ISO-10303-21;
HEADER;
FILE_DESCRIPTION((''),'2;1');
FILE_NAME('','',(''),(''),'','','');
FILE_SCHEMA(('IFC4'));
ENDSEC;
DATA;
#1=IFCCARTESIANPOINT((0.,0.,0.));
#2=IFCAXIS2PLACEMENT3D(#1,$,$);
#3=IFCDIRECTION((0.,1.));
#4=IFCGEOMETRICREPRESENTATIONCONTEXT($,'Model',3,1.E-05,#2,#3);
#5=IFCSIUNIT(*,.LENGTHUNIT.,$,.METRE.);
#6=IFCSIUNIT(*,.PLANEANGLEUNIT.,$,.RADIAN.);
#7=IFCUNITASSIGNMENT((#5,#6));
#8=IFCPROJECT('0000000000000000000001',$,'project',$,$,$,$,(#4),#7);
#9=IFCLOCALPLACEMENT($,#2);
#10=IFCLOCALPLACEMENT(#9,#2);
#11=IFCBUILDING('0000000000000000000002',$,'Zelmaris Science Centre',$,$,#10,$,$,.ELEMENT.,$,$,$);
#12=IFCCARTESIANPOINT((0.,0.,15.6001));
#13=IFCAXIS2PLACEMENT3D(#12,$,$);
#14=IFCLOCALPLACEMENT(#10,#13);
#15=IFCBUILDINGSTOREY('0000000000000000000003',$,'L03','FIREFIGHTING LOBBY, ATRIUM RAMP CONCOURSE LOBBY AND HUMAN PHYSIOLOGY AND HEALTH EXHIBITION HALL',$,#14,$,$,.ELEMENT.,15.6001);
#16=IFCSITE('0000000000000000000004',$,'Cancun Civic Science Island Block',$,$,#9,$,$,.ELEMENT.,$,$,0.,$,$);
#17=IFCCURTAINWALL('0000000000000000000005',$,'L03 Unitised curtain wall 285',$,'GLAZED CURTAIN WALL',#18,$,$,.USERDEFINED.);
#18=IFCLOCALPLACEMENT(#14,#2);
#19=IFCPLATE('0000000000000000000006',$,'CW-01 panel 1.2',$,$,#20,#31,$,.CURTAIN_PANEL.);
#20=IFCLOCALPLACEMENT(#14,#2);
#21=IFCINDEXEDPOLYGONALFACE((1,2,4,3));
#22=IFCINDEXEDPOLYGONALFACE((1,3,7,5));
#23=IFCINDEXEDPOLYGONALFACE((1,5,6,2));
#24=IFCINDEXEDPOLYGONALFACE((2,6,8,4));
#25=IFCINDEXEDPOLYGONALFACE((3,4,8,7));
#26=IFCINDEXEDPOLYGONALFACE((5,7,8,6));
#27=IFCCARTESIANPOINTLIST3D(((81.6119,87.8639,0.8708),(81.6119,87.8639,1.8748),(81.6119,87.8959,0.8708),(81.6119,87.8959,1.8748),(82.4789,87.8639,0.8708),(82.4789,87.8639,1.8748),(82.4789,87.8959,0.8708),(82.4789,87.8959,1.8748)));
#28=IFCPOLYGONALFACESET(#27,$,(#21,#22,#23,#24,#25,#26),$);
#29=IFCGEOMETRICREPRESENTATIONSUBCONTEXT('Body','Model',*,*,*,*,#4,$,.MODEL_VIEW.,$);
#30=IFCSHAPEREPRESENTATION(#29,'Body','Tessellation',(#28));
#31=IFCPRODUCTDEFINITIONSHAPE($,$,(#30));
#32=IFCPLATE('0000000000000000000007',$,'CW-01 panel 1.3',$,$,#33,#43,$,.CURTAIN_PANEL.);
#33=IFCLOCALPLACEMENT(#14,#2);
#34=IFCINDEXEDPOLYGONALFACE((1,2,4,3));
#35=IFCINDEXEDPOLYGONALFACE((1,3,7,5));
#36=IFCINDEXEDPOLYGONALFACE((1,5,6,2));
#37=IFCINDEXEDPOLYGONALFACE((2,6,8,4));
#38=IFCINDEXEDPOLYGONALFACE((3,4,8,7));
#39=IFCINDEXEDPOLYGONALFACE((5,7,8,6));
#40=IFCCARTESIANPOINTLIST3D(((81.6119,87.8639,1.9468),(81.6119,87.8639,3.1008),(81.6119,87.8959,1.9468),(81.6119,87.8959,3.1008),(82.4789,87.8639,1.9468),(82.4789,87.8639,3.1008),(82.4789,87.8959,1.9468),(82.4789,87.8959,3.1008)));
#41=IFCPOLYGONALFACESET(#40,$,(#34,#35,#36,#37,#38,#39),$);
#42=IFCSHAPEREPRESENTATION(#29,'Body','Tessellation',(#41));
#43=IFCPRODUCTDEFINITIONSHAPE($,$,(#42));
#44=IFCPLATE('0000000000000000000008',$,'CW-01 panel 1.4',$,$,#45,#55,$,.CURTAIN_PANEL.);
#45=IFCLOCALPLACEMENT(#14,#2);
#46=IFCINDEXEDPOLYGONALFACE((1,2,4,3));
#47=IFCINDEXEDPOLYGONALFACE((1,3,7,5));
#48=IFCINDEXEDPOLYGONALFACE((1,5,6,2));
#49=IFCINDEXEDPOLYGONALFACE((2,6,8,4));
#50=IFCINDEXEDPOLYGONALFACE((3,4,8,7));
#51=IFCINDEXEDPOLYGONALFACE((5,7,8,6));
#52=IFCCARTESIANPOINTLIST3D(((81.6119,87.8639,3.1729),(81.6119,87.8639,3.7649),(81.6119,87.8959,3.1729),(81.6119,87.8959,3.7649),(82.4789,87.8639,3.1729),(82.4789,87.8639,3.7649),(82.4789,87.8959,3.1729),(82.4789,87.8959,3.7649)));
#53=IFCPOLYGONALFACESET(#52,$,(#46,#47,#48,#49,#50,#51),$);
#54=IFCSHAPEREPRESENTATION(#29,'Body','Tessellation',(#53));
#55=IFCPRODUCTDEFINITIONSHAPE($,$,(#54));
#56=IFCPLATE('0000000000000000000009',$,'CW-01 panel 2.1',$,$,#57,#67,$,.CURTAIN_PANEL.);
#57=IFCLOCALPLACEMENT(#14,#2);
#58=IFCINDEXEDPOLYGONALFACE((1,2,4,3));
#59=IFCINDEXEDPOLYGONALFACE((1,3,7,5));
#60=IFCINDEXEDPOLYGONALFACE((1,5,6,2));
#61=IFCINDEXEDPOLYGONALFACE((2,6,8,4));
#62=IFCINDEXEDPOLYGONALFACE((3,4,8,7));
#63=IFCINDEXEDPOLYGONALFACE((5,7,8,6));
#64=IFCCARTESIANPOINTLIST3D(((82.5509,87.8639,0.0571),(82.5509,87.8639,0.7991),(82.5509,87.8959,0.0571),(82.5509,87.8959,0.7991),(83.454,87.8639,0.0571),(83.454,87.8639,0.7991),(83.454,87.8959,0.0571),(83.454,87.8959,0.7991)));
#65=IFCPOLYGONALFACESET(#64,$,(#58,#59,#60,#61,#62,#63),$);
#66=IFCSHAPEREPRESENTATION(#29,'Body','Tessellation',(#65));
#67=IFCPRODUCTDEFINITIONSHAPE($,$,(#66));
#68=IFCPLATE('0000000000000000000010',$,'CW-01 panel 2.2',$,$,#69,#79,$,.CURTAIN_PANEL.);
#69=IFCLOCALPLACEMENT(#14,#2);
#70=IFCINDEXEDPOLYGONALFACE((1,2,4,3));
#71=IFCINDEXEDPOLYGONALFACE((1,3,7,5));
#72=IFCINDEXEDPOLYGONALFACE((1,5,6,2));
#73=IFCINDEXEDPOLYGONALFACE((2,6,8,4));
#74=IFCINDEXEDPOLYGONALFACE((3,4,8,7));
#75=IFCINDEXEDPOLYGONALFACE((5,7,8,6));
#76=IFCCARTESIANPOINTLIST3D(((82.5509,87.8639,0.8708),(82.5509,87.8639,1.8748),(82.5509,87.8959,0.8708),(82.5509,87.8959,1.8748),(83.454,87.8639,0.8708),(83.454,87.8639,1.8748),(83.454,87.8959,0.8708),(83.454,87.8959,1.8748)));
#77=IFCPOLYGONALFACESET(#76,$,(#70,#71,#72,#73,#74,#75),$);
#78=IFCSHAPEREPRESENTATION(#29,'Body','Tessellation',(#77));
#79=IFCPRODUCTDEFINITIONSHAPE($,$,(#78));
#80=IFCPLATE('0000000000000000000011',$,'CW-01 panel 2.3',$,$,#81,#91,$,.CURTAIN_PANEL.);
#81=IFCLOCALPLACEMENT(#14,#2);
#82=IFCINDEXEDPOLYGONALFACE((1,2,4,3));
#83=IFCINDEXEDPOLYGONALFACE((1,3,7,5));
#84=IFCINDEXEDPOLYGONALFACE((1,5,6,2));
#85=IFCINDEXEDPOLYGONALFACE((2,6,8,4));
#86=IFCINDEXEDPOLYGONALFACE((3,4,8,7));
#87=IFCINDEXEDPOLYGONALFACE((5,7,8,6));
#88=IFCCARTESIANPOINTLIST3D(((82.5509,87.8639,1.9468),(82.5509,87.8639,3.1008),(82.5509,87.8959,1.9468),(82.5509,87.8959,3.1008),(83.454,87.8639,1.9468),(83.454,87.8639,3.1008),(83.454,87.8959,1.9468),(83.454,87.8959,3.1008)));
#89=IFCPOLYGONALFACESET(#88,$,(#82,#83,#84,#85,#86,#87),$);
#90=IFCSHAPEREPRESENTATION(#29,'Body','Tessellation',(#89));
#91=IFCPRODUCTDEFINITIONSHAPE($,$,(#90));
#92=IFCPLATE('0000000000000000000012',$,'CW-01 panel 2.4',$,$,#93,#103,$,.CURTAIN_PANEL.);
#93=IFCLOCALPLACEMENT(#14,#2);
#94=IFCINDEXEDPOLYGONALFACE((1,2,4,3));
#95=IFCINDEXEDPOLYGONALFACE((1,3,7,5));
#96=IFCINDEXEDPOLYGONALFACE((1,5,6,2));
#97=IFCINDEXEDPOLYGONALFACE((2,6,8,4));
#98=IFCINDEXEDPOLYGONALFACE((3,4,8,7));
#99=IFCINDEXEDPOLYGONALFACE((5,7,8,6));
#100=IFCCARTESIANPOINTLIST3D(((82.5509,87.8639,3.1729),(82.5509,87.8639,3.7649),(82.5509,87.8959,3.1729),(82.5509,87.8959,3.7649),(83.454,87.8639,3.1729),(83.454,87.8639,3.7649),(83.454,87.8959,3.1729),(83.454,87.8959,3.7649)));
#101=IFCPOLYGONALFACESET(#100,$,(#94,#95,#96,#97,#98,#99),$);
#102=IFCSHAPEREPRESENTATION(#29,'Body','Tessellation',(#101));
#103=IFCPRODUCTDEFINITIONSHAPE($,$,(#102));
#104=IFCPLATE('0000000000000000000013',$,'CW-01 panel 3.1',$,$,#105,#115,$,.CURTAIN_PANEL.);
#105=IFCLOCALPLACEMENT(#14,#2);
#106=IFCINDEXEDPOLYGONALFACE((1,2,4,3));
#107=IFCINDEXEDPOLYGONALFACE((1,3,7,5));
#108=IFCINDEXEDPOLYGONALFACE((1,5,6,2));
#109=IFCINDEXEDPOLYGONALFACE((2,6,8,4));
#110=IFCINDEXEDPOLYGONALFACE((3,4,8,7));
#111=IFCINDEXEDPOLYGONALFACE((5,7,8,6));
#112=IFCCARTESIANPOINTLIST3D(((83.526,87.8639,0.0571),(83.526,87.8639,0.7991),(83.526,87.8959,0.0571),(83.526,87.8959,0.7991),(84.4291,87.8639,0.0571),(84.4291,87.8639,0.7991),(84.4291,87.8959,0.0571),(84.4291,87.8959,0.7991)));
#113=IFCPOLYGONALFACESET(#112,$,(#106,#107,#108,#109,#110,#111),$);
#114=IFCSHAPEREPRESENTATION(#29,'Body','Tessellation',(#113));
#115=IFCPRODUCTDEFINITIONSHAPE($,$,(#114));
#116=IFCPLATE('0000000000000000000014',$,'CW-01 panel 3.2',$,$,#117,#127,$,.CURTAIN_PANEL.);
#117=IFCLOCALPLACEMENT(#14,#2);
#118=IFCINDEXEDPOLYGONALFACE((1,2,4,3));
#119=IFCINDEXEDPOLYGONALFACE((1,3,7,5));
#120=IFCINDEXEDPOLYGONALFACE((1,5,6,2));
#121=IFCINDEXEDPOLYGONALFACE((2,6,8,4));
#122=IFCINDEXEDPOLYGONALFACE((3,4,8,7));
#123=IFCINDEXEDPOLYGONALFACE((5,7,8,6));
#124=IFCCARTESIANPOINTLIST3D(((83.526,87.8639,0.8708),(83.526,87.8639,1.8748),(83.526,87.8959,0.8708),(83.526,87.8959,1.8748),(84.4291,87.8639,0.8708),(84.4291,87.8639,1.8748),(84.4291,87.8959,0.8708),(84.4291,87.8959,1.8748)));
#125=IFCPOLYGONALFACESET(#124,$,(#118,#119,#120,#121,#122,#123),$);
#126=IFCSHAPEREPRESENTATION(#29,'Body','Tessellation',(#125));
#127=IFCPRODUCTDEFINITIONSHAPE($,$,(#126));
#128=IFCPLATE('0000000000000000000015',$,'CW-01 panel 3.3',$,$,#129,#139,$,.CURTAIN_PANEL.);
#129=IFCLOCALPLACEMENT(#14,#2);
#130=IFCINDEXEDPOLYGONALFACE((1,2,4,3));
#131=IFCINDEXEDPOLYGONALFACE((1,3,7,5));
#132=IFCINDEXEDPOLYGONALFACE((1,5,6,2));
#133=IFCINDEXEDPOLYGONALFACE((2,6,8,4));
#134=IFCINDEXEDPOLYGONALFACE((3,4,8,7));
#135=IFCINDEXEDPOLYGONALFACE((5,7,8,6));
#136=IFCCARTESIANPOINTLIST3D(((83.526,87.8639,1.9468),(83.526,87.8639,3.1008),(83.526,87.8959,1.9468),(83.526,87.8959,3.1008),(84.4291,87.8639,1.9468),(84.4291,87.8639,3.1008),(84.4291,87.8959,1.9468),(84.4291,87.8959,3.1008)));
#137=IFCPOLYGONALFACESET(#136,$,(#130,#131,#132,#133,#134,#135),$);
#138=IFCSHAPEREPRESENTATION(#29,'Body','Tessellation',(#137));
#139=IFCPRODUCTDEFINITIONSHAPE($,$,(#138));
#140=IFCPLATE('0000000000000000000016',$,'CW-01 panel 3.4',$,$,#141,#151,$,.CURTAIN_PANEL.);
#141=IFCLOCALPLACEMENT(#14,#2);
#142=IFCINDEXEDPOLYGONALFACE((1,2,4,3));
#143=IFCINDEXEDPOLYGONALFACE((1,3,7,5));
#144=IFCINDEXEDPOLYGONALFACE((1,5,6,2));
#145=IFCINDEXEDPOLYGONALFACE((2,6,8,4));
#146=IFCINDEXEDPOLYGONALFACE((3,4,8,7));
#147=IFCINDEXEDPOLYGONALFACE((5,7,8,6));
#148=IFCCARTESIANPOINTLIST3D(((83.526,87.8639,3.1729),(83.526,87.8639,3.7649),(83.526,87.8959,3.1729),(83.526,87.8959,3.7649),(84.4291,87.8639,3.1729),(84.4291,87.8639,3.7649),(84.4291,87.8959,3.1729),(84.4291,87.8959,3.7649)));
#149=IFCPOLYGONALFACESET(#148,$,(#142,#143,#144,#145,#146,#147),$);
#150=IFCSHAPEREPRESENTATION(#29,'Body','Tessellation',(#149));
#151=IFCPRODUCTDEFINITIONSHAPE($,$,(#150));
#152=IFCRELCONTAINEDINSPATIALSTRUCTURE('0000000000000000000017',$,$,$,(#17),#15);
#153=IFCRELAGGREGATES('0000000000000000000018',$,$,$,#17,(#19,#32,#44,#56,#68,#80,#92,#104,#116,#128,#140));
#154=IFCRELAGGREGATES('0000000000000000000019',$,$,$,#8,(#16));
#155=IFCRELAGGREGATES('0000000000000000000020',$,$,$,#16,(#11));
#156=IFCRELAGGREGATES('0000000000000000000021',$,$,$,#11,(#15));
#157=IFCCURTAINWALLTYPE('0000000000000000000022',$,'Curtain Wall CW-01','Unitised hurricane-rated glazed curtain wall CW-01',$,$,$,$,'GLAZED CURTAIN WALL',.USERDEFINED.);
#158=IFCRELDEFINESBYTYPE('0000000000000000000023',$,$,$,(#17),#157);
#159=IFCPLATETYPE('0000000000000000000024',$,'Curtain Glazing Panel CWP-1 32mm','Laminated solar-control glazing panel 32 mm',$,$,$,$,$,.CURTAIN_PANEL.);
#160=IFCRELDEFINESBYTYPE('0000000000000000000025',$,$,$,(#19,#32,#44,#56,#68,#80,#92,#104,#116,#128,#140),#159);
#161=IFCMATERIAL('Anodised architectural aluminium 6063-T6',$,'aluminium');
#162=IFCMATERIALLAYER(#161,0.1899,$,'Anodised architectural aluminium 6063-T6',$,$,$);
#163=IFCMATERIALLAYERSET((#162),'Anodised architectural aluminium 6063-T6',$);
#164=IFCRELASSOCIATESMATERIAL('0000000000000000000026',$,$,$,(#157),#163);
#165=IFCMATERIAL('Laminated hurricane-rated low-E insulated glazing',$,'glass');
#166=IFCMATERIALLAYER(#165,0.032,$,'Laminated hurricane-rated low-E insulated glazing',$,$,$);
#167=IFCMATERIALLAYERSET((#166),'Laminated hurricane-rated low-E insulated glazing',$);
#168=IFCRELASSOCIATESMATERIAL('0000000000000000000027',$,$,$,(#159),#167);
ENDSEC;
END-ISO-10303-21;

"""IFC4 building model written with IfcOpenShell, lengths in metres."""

from ifc_helpers import new_model, si_unit, direction, frame, origin, origin_2d, place, context, subcontext, project, spatial, rectangle, extrude, material, layer, layer_set, type_object, element, aggregate, save


model = new_model("IFC4")

# Units and contexts
model_context = context("Model", 3, precision=1e-05, world=origin(), true_north=direction((0.0, 1.0)))
body_context = subcontext(model_context, "Body", "Model", "MODEL_VIEW")
ifc_project = project(units=[si_unit("LENGTHUNIT", "METRE"), si_unit("PLANEANGLEUNIT", "RADIAN")], contexts=[model_context])

# Site, building, storey
site_placement = place(None, origin())
site = spatial("IfcSite", under=ifc_project, at=site_placement, Name="Cancun Civic Science Island Block", CompositionType="ELEMENT", RefElevation=0.0)
building_placement = place(site_placement, origin())
building = spatial("IfcBuilding", under=site, at=building_placement, Name="Zelmaris Science Centre", CompositionType="ELEMENT")
storey_placement = place(building_placement, frame((0.0, 0.0, 15.6001)))
storey = spatial("IfcBuildingStorey", under=building, at=storey_placement, Name="L03", Description="FIREFIGHTING LOBBY, ATRIUM RAMP CONCOURSE LOBBY AND HUMAN PHYSIOLOGY AND HEALTH EXHIBITION HALL", CompositionType="ELEMENT", Elevation=15.6001)

# Curtain wall
ifc_material_1 = material(Name="Anodised architectural aluminium 6063-T6", Category="aluminium")
ifc_layer_1 = layer(ifc_material_1, 0.1899, Name="Anodised architectural aluminium 6063-T6")
ifc_layer_set_1 = layer_set([ifc_layer_1], Name="Anodised architectural aluminium 6063-T6")
curtain_wall_type = type_object("IfcCurtainWallType", Name="Curtain Wall CW-01", Description="Unitised hurricane-rated glazed curtain wall CW-01", ElementType="GLAZED CURTAIN WALL", PredefinedType="USERDEFINED", material=ifc_layer_set_1)
curtain_wall_placement = place(storey_placement, origin())
curtain_wall = element("IfcCurtainWall", 1, at=curtain_wall_placement, inside=storey, type_object=curtain_wall_type, Name="L03 Unitised curtain wall 285", ObjectType="GLAZED CURTAIN WALL", PredefinedType="USERDEFINED")

# Plates
ifc_material_2 = material(Name="Laminated hurricane-rated low-E insulated glazing", Category="glass")
ifc_layer_2 = layer(ifc_material_2, 0.032, Name="Laminated hurricane-rated low-E insulated glazing")
ifc_layer_set_2 = layer_set([ifc_layer_2], Name="Laminated hurricane-rated low-E insulated glazing")
plate_type = type_object("IfcPlateType", Name="Curtain Glazing Panel CWP-1 32mm", Description="Laminated solar-control glazing panel 32 mm", PredefinedType="CURTAIN_PANEL", material=ifc_layer_set_2)
plate_1_placement = place(storey_placement, frame((82.0454, 87.8799, 0.8708), z_axis=(0.0, 0.0, 1.0), x_axis=(1.0, 0.0, 0.0)))
plate_1 = element("IfcPlate", 2, at=plate_1_placement, type_object=plate_type, Name="CW-01 panel 1.2", PredefinedType="CURTAIN_PANEL", context=body_context, shape_type="SweptSolid", body=[
    extrude(rectangle(XDim=0.8669, YDim=0.032, at=origin_2d()), origin(), (0.0, 0.0, 1.0), 1.0039),
])
plate_2_placement = place(storey_placement, frame((82.0454, 87.8799, 1.9468), z_axis=(0.0, 0.0, 1.0), x_axis=(1.0, 0.0, 0.0)))
plate_2 = element("IfcPlate", 3, at=plate_2_placement, type_object=plate_type, Name="CW-01 panel 1.3", PredefinedType="CURTAIN_PANEL", context=body_context, shape_type="SweptSolid", body=[
    extrude(rectangle(XDim=0.8669, YDim=0.032, at=origin_2d()), origin(), (0.0, 0.0, 1.0), 1.1541),
])
plate_3_placement = place(storey_placement, frame((82.0454, 87.8799, 3.1729), z_axis=(0.0, 0.0, 1.0), x_axis=(1.0, 0.0, 0.0)))
plate_3 = element("IfcPlate", 4, at=plate_3_placement, type_object=plate_type, Name="CW-01 panel 1.4", PredefinedType="CURTAIN_PANEL", context=body_context, shape_type="SweptSolid", body=[
    extrude(rectangle(XDim=0.8669, YDim=0.032, at=origin_2d()), origin(), (0.0, 0.0, 1.0), 0.592),
])
plate_4_placement = place(storey_placement, frame((83.0024, 87.8799, 0.0571), z_axis=(0.0, 0.0, 1.0), x_axis=(1.0, 0.0, 0.0)))
plate_4 = element("IfcPlate", 5, at=plate_4_placement, type_object=plate_type, Name="CW-01 panel 2.1", PredefinedType="CURTAIN_PANEL", context=body_context, shape_type="SweptSolid", body=[
    extrude(rectangle(XDim=0.9031, YDim=0.032, at=origin_2d()), origin(), (0.0, 0.0, 1.0), 0.7419),
])
plate_5_placement = place(storey_placement, frame((83.0024, 87.8799, 0.8708), z_axis=(0.0, 0.0, 1.0), x_axis=(1.0, 0.0, 0.0)))
plate_5 = element("IfcPlate", 6, at=plate_5_placement, type_object=plate_type, Name="CW-01 panel 2.2", PredefinedType="CURTAIN_PANEL", context=body_context, shape_type="SweptSolid", body=[
    extrude(rectangle(XDim=0.9031, YDim=0.032, at=origin_2d()), origin(), (0.0, 0.0, 1.0), 1.0039),
])
plate_6_placement = place(storey_placement, frame((83.0024, 87.8799, 1.9468), z_axis=(0.0, 0.0, 1.0), x_axis=(1.0, 0.0, 0.0)))
plate_6 = element("IfcPlate", 7, at=plate_6_placement, type_object=plate_type, Name="CW-01 panel 2.3", PredefinedType="CURTAIN_PANEL", context=body_context, shape_type="SweptSolid", body=[
    extrude(rectangle(XDim=0.9031, YDim=0.032, at=origin_2d()), origin(), (0.0, 0.0, 1.0), 1.1541),
])
plate_7_placement = place(storey_placement, frame((83.0024, 87.8799, 3.1729), z_axis=(0.0, 0.0, 1.0), x_axis=(1.0, 0.0, 0.0)))
plate_7 = element("IfcPlate", 8, at=plate_7_placement, type_object=plate_type, Name="CW-01 panel 2.4", PredefinedType="CURTAIN_PANEL", context=body_context, shape_type="SweptSolid", body=[
    extrude(rectangle(XDim=0.9031, YDim=0.032, at=origin_2d()), origin(), (0.0, 0.0, 1.0), 0.592),
])
plate_8_placement = place(storey_placement, frame((83.9775, 87.8799, 0.0571), z_axis=(0.0, 0.0, 1.0), x_axis=(1.0, 0.0, 0.0)))
plate_8 = element("IfcPlate", 9, at=plate_8_placement, type_object=plate_type, Name="CW-01 panel 3.1", PredefinedType="CURTAIN_PANEL", context=body_context, shape_type="SweptSolid", body=[
    extrude(rectangle(XDim=0.9031, YDim=0.032, at=origin_2d()), origin(), (0.0, 0.0, 1.0), 0.7419),
])
plate_9_placement = place(storey_placement, frame((83.9775, 87.8799, 0.8708), z_axis=(0.0, 0.0, 1.0), x_axis=(1.0, 0.0, 0.0)))
plate_9 = element("IfcPlate", 10, at=plate_9_placement, type_object=plate_type, Name="CW-01 panel 3.2", PredefinedType="CURTAIN_PANEL", context=body_context, shape_type="SweptSolid", body=[
    extrude(rectangle(XDim=0.9031, YDim=0.032, at=origin_2d()), origin(), (0.0, 0.0, 1.0), 1.0039),
])
plate_10_placement = place(storey_placement, frame((83.9775, 87.8799, 1.9468), z_axis=(0.0, 0.0, 1.0), x_axis=(1.0, 0.0, 0.0)))
plate_10 = element("IfcPlate", 11, at=plate_10_placement, type_object=plate_type, Name="CW-01 panel 3.3", PredefinedType="CURTAIN_PANEL", context=body_context, shape_type="SweptSolid", body=[
    extrude(rectangle(XDim=0.9031, YDim=0.032, at=origin_2d()), origin(), (0.0, 0.0, 1.0), 1.1541),
])
plate_11_placement = place(storey_placement, frame((83.9775, 87.8799, 3.1729), z_axis=(0.0, 0.0, 1.0), x_axis=(1.0, 0.0, 0.0)))
plate_11 = element("IfcPlate", 12, at=plate_11_placement, type_object=plate_type, Name="CW-01 panel 3.4", PredefinedType="CURTAIN_PANEL", context=body_context, shape_type="SweptSolid", body=[
    extrude(rectangle(XDim=0.9031, YDim=0.032, at=origin_2d()), origin(), (0.0, 0.0, 1.0), 0.592),
])
aggregate(curtain_wall, [plate_1, plate_2, plate_3, plate_4, plate_5, plate_6, plate_7, plate_8, plate_9, plate_10, plate_11])

save(model, "model.ifc")
